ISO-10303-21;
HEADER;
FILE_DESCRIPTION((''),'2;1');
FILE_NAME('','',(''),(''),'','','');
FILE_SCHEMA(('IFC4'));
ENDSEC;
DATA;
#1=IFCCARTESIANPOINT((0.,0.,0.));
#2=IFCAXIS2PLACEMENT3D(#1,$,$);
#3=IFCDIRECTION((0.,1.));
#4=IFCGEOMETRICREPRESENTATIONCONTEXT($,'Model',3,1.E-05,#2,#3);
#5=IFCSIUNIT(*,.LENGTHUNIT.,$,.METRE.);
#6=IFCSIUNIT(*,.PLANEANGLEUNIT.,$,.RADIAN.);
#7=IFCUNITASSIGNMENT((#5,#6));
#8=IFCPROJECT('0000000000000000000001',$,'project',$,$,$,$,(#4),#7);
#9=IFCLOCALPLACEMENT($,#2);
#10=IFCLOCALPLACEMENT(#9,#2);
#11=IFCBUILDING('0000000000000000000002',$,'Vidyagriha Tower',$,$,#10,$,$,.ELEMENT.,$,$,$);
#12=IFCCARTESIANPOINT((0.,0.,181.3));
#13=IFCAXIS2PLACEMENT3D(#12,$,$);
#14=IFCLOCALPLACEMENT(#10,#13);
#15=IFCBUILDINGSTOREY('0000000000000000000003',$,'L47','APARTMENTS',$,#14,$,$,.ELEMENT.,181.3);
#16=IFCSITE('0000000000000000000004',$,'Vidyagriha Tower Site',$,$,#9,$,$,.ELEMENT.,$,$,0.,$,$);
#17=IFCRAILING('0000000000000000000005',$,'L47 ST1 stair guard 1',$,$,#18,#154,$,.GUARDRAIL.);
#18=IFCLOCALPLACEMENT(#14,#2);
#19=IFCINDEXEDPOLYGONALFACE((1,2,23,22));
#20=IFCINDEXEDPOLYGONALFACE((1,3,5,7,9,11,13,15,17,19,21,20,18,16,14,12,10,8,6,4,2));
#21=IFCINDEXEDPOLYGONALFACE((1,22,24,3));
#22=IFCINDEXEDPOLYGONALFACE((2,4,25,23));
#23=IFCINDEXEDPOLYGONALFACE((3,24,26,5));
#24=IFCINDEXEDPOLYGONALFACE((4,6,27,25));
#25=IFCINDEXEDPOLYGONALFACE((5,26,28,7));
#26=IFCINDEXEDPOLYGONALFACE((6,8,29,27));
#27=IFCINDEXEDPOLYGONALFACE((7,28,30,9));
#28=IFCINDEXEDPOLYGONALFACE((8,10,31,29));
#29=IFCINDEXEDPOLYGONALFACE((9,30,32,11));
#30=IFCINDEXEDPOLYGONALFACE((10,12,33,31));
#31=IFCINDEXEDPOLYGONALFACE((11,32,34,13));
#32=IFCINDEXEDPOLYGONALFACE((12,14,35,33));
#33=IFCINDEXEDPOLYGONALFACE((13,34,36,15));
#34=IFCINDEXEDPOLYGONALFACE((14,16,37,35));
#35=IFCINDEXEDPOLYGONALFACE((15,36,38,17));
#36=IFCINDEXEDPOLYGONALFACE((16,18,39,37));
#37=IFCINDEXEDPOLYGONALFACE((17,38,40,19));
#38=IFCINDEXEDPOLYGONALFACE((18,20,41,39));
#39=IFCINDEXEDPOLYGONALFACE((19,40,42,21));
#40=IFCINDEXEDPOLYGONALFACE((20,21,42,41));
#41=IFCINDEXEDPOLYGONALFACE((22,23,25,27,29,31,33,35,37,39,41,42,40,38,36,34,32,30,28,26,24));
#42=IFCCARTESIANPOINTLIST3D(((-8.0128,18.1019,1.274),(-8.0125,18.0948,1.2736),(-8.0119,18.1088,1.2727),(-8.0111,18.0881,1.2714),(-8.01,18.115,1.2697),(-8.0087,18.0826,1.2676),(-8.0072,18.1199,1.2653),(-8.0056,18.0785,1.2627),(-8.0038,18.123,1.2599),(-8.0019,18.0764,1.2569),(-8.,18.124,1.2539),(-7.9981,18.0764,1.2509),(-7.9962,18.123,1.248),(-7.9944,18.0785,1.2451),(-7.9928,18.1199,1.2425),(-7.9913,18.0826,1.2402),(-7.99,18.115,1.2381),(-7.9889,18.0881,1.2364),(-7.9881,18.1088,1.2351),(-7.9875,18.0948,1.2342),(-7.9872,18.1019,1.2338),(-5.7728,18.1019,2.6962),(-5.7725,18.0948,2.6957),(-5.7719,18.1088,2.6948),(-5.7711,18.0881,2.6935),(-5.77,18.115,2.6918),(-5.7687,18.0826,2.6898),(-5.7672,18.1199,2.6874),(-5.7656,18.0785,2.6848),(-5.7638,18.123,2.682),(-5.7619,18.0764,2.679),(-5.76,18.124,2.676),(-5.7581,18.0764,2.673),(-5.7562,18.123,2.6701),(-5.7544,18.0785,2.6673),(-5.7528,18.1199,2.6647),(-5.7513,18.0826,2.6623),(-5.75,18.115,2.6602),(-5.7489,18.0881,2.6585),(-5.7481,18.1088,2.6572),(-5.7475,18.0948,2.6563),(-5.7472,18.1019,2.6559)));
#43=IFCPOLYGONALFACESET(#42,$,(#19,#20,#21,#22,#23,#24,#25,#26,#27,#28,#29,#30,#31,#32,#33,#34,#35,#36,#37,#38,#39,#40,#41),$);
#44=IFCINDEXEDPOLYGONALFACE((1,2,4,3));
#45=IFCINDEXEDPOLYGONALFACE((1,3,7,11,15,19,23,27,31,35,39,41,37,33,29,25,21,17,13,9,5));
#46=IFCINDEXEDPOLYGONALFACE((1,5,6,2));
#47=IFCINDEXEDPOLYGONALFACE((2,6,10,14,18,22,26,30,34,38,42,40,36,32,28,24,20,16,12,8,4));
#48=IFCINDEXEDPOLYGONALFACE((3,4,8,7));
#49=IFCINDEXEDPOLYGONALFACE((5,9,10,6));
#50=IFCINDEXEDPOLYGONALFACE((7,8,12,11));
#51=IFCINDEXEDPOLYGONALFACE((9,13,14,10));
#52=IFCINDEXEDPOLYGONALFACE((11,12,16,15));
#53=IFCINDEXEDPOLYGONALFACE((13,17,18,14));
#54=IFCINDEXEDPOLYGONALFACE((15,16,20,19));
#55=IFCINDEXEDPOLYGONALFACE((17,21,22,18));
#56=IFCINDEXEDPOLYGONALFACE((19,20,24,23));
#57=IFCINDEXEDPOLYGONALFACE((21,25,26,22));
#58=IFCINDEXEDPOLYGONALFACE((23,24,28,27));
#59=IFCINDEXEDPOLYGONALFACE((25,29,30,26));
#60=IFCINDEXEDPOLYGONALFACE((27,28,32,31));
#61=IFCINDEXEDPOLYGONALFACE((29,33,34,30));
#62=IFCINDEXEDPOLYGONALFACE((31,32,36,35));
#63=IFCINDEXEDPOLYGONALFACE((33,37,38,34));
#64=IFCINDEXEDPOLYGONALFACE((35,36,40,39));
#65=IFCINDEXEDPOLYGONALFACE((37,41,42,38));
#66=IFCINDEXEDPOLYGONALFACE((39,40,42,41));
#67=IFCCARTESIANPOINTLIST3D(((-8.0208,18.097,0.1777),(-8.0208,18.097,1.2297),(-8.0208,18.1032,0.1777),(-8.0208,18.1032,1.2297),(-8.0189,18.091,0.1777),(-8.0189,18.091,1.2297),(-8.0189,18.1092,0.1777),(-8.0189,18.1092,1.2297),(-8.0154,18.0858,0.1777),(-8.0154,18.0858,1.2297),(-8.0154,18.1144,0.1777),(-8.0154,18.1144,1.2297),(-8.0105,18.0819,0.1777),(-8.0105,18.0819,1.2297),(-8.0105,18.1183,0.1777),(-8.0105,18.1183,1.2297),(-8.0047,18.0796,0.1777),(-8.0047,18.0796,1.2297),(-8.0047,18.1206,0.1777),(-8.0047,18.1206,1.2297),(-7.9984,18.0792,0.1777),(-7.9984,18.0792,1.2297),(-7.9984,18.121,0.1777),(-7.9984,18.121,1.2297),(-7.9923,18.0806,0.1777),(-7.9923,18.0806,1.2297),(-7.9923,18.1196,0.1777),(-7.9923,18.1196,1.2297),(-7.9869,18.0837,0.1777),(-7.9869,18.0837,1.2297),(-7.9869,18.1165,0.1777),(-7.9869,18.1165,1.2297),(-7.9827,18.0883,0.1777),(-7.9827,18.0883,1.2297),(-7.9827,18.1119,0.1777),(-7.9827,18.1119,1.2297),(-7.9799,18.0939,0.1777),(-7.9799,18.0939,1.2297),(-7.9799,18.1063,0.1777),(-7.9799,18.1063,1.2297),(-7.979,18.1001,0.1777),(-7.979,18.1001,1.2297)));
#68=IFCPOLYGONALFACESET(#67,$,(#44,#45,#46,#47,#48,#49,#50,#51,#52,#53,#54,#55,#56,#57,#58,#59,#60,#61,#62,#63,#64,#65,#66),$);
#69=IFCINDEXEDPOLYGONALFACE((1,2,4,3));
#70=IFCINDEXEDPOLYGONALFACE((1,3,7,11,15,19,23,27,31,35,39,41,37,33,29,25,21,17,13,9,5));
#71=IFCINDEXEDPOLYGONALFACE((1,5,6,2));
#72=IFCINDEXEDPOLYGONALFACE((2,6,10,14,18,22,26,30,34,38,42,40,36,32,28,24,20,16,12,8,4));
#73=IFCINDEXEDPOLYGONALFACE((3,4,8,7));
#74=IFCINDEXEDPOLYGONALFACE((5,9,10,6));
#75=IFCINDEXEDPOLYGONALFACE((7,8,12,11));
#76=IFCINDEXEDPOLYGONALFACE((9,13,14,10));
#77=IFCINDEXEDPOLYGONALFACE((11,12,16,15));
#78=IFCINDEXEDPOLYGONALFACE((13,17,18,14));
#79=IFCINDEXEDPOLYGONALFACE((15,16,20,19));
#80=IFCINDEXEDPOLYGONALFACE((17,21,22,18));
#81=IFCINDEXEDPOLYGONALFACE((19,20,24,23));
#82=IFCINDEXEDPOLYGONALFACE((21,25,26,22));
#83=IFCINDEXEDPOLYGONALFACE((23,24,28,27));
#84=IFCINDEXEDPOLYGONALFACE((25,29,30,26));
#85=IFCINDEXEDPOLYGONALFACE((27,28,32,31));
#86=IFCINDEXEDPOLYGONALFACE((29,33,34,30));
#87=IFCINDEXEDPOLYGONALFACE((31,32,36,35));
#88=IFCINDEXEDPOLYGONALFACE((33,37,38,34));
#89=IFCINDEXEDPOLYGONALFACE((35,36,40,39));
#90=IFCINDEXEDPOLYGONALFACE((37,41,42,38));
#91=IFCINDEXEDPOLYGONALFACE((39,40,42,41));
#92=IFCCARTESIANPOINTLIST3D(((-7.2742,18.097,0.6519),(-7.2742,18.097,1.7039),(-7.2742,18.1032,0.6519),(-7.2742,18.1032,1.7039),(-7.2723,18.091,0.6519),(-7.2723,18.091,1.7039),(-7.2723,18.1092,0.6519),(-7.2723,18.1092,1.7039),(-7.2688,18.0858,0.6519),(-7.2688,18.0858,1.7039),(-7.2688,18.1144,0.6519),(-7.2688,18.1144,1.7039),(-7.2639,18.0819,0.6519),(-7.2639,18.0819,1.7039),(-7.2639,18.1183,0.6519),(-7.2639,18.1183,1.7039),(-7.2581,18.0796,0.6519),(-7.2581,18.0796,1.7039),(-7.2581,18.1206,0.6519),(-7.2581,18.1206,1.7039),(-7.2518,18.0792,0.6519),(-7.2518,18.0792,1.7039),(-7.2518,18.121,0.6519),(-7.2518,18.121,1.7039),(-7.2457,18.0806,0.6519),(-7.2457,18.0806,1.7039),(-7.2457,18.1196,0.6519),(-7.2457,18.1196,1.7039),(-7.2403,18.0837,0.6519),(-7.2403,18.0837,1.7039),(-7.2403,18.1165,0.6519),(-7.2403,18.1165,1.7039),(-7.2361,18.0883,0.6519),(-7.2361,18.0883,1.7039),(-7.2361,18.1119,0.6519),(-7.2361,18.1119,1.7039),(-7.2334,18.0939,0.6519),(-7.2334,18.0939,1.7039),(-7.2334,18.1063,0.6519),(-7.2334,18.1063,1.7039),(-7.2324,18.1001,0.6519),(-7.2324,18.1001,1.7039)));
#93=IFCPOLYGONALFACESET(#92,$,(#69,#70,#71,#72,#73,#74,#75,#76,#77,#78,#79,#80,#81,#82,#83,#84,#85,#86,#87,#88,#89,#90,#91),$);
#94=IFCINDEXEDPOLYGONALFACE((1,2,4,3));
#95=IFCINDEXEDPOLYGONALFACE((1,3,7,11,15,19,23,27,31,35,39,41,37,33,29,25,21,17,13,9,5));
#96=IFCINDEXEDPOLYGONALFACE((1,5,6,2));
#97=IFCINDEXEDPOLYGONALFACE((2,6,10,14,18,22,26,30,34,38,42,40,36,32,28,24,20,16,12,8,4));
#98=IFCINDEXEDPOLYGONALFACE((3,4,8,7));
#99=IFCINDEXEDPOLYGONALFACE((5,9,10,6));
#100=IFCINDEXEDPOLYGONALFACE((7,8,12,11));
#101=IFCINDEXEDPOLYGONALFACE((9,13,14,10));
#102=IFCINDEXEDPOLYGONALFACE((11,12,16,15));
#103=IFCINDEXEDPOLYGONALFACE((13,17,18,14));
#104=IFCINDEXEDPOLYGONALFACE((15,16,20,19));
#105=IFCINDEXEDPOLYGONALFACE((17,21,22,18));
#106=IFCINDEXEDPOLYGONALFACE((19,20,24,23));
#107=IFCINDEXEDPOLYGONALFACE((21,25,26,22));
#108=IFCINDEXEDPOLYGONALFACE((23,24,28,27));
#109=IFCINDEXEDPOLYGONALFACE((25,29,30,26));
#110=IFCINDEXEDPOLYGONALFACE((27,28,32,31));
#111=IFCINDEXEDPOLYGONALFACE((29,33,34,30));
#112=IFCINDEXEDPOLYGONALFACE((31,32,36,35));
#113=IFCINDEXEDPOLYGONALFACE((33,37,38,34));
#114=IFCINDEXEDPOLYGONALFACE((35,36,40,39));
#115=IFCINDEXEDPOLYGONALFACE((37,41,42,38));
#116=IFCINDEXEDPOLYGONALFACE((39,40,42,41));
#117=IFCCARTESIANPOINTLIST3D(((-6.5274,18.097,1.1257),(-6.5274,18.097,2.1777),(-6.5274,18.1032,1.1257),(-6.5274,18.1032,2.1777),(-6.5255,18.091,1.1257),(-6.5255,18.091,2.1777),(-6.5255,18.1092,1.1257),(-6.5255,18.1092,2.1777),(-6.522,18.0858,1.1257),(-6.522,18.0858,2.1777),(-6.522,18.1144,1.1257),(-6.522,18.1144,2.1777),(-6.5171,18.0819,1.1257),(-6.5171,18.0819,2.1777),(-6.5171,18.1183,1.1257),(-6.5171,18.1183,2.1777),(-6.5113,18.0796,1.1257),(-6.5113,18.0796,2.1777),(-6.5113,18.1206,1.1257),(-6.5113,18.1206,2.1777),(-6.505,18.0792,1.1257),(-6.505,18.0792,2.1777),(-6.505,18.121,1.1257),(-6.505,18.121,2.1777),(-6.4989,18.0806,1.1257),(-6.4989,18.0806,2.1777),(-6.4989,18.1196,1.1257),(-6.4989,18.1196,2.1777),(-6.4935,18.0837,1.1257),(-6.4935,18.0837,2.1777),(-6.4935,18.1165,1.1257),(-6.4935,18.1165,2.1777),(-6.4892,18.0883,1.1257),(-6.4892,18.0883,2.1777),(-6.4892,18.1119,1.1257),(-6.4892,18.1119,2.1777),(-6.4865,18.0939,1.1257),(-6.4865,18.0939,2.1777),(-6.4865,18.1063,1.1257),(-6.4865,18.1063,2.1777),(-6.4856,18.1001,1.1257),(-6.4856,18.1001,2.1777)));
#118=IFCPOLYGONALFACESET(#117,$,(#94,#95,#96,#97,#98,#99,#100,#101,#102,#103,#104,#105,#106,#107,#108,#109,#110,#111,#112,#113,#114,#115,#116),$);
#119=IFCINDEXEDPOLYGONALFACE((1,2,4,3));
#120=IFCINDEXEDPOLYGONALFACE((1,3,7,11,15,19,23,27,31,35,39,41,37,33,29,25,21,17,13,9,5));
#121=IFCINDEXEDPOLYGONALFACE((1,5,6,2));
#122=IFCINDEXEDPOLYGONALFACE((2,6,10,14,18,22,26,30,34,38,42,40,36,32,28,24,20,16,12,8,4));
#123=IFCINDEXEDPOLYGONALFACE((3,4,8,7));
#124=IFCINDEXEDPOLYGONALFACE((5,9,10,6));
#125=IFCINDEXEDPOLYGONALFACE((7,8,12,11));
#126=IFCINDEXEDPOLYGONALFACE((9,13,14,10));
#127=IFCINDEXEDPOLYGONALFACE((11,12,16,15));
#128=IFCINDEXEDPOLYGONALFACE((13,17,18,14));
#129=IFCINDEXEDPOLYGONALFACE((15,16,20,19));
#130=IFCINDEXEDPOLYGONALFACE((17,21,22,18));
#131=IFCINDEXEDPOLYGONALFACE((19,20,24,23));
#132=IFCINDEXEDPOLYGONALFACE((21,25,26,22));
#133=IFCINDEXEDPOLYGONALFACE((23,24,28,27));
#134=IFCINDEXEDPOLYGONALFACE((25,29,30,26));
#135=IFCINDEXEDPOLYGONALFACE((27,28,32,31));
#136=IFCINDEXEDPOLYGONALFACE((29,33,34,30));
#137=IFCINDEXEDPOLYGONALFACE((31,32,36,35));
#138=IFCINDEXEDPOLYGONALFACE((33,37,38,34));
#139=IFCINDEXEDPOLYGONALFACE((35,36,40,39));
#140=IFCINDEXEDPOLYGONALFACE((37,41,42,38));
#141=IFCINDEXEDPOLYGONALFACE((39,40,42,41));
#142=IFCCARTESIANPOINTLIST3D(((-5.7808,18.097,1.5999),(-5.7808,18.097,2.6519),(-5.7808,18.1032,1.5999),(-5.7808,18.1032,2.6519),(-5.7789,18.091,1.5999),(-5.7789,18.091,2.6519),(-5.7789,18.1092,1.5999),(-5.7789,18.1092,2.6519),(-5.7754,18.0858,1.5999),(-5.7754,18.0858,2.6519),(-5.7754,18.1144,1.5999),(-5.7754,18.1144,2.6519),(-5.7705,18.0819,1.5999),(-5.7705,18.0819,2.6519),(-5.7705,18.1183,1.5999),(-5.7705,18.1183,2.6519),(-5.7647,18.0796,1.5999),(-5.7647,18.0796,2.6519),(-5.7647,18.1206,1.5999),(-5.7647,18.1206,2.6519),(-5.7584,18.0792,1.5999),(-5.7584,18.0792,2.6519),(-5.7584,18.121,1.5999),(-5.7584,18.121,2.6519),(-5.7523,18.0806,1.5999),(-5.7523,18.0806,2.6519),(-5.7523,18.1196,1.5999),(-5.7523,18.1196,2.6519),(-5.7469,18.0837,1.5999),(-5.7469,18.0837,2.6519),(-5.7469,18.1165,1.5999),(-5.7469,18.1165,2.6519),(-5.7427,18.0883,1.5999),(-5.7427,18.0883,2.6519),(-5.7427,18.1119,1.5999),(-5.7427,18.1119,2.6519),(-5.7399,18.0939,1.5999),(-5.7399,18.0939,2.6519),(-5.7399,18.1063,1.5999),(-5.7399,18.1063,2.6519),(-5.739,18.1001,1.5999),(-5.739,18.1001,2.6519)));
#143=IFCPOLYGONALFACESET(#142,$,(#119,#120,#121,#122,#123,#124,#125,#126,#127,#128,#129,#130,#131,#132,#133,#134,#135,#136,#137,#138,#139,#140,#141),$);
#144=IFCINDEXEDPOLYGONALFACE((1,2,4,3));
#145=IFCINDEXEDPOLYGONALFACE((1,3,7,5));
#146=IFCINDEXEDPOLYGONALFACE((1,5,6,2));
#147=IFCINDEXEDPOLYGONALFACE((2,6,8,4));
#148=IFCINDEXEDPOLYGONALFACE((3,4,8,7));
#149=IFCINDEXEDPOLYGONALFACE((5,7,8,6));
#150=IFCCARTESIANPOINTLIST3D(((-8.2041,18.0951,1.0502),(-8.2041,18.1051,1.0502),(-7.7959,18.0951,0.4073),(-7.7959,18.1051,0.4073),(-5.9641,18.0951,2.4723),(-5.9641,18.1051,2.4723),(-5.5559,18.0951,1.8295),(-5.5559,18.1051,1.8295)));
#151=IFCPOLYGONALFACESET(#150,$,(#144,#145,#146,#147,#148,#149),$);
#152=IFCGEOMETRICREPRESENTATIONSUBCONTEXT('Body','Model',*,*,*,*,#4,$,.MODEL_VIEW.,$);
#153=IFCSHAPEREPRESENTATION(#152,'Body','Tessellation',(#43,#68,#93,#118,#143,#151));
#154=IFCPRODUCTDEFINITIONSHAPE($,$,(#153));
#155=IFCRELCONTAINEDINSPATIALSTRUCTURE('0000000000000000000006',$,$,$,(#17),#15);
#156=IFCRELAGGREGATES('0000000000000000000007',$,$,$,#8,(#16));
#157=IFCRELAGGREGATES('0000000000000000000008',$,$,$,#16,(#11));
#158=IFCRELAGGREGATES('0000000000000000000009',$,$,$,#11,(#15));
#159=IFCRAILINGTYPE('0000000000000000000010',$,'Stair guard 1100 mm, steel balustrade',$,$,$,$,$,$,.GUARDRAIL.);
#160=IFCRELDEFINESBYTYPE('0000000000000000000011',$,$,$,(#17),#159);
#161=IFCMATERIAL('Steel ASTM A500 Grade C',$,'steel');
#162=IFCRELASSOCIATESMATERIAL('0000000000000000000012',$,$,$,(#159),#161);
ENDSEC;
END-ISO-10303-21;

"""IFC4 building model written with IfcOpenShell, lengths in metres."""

from ifc_helpers import new_model, si_unit, direction, frame, origin, origin_2d, place, context, subcontext, project, spatial, rectangle, circle, extrude, material, type_object, element, save


model = new_model("IFC4")

# Units and contexts
model_context = context("Model", 3, precision=1e-05, world=origin(), true_north=direction((0.0, 1.0)))
body_context = subcontext(model_context, "Body", "Model", "MODEL_VIEW")
ifc_project = project(units=[si_unit("LENGTHUNIT", "METRE"), si_unit("PLANEANGLEUNIT", "RADIAN")], contexts=[model_context])

# Site, building, storey
site_placement = place(None, origin())
site = spatial("IfcSite", under=ifc_project, at=site_placement, Name="Vidyagriha Tower Site", CompositionType="ELEMENT", RefElevation=0.0)
building_placement = place(site_placement, origin())
building = spatial("IfcBuilding", under=site, at=building_placement, Name="Vidyagriha Tower", CompositionType="ELEMENT")
storey_placement = place(building_placement, frame((0.0, 0.0, 181.3)))
storey = spatial("IfcBuildingStorey", under=building, at=storey_placement, Name="L47", Description="APARTMENTS", CompositionType="ELEMENT", Elevation=181.3)

# Railing
ifc_material_1 = material(Name="Steel ASTM A500 Grade C", Category="steel")
railing_type_1 = type_object("IfcRailingType", Name="Stair guard 1100 mm, steel balustrade", PredefinedType="GUARDRAIL", material=ifc_material_1)
railing_1_placement = place(storey_placement, frame((-8.0, 18.1001, 0.1777)))
element("IfcRailing", 1, at=railing_1_placement, inside=storey, type_object=railing_type_1, Name="L47 ST1 stair guard 1", PredefinedType="GUARDRAIL", context=body_context, shape_type="SweptSolid", body=[
    extrude(circle(Radius=0.0239, at=origin_2d()), frame((0.0, 0.0, 1.0762), z_axis=(0.844229, 0.0, 0.535982), x_axis=(0.0, 1.0, 0.0)), (0.0, 0.0, 1.0), 2.6533),
    extrude(circle(Radius=0.021, at=origin_2d()), origin(), (0.0, 0.0, 1.0), 1.052),
    extrude(circle(Radius=0.021, at=origin_2d()), frame((0.7466, 0.0, 0.4741)), (0.0, 0.0, 1.0), 1.052),
    extrude(circle(Radius=0.021, at=origin_2d()), frame((1.4934, 0.0, 0.948)), (0.0, 0.0, 1.0), 1.052),
    extrude(circle(Radius=0.021, at=origin_2d()), frame((2.24, 0.0, 1.4221)), (0.0, 0.0, 1.0), 1.052),
    extrude(rectangle(XDim=0.01, YDim=0.7615, at=origin_2d()), frame((0.0, 0.0, 0.551), z_axis=(0.844229, 0.0, 0.535982), x_axis=(0.0, 1.0, 0.0)), (0.0, 0.0, 1.0), 2.6533),
])

save(model, "model.ifc")
